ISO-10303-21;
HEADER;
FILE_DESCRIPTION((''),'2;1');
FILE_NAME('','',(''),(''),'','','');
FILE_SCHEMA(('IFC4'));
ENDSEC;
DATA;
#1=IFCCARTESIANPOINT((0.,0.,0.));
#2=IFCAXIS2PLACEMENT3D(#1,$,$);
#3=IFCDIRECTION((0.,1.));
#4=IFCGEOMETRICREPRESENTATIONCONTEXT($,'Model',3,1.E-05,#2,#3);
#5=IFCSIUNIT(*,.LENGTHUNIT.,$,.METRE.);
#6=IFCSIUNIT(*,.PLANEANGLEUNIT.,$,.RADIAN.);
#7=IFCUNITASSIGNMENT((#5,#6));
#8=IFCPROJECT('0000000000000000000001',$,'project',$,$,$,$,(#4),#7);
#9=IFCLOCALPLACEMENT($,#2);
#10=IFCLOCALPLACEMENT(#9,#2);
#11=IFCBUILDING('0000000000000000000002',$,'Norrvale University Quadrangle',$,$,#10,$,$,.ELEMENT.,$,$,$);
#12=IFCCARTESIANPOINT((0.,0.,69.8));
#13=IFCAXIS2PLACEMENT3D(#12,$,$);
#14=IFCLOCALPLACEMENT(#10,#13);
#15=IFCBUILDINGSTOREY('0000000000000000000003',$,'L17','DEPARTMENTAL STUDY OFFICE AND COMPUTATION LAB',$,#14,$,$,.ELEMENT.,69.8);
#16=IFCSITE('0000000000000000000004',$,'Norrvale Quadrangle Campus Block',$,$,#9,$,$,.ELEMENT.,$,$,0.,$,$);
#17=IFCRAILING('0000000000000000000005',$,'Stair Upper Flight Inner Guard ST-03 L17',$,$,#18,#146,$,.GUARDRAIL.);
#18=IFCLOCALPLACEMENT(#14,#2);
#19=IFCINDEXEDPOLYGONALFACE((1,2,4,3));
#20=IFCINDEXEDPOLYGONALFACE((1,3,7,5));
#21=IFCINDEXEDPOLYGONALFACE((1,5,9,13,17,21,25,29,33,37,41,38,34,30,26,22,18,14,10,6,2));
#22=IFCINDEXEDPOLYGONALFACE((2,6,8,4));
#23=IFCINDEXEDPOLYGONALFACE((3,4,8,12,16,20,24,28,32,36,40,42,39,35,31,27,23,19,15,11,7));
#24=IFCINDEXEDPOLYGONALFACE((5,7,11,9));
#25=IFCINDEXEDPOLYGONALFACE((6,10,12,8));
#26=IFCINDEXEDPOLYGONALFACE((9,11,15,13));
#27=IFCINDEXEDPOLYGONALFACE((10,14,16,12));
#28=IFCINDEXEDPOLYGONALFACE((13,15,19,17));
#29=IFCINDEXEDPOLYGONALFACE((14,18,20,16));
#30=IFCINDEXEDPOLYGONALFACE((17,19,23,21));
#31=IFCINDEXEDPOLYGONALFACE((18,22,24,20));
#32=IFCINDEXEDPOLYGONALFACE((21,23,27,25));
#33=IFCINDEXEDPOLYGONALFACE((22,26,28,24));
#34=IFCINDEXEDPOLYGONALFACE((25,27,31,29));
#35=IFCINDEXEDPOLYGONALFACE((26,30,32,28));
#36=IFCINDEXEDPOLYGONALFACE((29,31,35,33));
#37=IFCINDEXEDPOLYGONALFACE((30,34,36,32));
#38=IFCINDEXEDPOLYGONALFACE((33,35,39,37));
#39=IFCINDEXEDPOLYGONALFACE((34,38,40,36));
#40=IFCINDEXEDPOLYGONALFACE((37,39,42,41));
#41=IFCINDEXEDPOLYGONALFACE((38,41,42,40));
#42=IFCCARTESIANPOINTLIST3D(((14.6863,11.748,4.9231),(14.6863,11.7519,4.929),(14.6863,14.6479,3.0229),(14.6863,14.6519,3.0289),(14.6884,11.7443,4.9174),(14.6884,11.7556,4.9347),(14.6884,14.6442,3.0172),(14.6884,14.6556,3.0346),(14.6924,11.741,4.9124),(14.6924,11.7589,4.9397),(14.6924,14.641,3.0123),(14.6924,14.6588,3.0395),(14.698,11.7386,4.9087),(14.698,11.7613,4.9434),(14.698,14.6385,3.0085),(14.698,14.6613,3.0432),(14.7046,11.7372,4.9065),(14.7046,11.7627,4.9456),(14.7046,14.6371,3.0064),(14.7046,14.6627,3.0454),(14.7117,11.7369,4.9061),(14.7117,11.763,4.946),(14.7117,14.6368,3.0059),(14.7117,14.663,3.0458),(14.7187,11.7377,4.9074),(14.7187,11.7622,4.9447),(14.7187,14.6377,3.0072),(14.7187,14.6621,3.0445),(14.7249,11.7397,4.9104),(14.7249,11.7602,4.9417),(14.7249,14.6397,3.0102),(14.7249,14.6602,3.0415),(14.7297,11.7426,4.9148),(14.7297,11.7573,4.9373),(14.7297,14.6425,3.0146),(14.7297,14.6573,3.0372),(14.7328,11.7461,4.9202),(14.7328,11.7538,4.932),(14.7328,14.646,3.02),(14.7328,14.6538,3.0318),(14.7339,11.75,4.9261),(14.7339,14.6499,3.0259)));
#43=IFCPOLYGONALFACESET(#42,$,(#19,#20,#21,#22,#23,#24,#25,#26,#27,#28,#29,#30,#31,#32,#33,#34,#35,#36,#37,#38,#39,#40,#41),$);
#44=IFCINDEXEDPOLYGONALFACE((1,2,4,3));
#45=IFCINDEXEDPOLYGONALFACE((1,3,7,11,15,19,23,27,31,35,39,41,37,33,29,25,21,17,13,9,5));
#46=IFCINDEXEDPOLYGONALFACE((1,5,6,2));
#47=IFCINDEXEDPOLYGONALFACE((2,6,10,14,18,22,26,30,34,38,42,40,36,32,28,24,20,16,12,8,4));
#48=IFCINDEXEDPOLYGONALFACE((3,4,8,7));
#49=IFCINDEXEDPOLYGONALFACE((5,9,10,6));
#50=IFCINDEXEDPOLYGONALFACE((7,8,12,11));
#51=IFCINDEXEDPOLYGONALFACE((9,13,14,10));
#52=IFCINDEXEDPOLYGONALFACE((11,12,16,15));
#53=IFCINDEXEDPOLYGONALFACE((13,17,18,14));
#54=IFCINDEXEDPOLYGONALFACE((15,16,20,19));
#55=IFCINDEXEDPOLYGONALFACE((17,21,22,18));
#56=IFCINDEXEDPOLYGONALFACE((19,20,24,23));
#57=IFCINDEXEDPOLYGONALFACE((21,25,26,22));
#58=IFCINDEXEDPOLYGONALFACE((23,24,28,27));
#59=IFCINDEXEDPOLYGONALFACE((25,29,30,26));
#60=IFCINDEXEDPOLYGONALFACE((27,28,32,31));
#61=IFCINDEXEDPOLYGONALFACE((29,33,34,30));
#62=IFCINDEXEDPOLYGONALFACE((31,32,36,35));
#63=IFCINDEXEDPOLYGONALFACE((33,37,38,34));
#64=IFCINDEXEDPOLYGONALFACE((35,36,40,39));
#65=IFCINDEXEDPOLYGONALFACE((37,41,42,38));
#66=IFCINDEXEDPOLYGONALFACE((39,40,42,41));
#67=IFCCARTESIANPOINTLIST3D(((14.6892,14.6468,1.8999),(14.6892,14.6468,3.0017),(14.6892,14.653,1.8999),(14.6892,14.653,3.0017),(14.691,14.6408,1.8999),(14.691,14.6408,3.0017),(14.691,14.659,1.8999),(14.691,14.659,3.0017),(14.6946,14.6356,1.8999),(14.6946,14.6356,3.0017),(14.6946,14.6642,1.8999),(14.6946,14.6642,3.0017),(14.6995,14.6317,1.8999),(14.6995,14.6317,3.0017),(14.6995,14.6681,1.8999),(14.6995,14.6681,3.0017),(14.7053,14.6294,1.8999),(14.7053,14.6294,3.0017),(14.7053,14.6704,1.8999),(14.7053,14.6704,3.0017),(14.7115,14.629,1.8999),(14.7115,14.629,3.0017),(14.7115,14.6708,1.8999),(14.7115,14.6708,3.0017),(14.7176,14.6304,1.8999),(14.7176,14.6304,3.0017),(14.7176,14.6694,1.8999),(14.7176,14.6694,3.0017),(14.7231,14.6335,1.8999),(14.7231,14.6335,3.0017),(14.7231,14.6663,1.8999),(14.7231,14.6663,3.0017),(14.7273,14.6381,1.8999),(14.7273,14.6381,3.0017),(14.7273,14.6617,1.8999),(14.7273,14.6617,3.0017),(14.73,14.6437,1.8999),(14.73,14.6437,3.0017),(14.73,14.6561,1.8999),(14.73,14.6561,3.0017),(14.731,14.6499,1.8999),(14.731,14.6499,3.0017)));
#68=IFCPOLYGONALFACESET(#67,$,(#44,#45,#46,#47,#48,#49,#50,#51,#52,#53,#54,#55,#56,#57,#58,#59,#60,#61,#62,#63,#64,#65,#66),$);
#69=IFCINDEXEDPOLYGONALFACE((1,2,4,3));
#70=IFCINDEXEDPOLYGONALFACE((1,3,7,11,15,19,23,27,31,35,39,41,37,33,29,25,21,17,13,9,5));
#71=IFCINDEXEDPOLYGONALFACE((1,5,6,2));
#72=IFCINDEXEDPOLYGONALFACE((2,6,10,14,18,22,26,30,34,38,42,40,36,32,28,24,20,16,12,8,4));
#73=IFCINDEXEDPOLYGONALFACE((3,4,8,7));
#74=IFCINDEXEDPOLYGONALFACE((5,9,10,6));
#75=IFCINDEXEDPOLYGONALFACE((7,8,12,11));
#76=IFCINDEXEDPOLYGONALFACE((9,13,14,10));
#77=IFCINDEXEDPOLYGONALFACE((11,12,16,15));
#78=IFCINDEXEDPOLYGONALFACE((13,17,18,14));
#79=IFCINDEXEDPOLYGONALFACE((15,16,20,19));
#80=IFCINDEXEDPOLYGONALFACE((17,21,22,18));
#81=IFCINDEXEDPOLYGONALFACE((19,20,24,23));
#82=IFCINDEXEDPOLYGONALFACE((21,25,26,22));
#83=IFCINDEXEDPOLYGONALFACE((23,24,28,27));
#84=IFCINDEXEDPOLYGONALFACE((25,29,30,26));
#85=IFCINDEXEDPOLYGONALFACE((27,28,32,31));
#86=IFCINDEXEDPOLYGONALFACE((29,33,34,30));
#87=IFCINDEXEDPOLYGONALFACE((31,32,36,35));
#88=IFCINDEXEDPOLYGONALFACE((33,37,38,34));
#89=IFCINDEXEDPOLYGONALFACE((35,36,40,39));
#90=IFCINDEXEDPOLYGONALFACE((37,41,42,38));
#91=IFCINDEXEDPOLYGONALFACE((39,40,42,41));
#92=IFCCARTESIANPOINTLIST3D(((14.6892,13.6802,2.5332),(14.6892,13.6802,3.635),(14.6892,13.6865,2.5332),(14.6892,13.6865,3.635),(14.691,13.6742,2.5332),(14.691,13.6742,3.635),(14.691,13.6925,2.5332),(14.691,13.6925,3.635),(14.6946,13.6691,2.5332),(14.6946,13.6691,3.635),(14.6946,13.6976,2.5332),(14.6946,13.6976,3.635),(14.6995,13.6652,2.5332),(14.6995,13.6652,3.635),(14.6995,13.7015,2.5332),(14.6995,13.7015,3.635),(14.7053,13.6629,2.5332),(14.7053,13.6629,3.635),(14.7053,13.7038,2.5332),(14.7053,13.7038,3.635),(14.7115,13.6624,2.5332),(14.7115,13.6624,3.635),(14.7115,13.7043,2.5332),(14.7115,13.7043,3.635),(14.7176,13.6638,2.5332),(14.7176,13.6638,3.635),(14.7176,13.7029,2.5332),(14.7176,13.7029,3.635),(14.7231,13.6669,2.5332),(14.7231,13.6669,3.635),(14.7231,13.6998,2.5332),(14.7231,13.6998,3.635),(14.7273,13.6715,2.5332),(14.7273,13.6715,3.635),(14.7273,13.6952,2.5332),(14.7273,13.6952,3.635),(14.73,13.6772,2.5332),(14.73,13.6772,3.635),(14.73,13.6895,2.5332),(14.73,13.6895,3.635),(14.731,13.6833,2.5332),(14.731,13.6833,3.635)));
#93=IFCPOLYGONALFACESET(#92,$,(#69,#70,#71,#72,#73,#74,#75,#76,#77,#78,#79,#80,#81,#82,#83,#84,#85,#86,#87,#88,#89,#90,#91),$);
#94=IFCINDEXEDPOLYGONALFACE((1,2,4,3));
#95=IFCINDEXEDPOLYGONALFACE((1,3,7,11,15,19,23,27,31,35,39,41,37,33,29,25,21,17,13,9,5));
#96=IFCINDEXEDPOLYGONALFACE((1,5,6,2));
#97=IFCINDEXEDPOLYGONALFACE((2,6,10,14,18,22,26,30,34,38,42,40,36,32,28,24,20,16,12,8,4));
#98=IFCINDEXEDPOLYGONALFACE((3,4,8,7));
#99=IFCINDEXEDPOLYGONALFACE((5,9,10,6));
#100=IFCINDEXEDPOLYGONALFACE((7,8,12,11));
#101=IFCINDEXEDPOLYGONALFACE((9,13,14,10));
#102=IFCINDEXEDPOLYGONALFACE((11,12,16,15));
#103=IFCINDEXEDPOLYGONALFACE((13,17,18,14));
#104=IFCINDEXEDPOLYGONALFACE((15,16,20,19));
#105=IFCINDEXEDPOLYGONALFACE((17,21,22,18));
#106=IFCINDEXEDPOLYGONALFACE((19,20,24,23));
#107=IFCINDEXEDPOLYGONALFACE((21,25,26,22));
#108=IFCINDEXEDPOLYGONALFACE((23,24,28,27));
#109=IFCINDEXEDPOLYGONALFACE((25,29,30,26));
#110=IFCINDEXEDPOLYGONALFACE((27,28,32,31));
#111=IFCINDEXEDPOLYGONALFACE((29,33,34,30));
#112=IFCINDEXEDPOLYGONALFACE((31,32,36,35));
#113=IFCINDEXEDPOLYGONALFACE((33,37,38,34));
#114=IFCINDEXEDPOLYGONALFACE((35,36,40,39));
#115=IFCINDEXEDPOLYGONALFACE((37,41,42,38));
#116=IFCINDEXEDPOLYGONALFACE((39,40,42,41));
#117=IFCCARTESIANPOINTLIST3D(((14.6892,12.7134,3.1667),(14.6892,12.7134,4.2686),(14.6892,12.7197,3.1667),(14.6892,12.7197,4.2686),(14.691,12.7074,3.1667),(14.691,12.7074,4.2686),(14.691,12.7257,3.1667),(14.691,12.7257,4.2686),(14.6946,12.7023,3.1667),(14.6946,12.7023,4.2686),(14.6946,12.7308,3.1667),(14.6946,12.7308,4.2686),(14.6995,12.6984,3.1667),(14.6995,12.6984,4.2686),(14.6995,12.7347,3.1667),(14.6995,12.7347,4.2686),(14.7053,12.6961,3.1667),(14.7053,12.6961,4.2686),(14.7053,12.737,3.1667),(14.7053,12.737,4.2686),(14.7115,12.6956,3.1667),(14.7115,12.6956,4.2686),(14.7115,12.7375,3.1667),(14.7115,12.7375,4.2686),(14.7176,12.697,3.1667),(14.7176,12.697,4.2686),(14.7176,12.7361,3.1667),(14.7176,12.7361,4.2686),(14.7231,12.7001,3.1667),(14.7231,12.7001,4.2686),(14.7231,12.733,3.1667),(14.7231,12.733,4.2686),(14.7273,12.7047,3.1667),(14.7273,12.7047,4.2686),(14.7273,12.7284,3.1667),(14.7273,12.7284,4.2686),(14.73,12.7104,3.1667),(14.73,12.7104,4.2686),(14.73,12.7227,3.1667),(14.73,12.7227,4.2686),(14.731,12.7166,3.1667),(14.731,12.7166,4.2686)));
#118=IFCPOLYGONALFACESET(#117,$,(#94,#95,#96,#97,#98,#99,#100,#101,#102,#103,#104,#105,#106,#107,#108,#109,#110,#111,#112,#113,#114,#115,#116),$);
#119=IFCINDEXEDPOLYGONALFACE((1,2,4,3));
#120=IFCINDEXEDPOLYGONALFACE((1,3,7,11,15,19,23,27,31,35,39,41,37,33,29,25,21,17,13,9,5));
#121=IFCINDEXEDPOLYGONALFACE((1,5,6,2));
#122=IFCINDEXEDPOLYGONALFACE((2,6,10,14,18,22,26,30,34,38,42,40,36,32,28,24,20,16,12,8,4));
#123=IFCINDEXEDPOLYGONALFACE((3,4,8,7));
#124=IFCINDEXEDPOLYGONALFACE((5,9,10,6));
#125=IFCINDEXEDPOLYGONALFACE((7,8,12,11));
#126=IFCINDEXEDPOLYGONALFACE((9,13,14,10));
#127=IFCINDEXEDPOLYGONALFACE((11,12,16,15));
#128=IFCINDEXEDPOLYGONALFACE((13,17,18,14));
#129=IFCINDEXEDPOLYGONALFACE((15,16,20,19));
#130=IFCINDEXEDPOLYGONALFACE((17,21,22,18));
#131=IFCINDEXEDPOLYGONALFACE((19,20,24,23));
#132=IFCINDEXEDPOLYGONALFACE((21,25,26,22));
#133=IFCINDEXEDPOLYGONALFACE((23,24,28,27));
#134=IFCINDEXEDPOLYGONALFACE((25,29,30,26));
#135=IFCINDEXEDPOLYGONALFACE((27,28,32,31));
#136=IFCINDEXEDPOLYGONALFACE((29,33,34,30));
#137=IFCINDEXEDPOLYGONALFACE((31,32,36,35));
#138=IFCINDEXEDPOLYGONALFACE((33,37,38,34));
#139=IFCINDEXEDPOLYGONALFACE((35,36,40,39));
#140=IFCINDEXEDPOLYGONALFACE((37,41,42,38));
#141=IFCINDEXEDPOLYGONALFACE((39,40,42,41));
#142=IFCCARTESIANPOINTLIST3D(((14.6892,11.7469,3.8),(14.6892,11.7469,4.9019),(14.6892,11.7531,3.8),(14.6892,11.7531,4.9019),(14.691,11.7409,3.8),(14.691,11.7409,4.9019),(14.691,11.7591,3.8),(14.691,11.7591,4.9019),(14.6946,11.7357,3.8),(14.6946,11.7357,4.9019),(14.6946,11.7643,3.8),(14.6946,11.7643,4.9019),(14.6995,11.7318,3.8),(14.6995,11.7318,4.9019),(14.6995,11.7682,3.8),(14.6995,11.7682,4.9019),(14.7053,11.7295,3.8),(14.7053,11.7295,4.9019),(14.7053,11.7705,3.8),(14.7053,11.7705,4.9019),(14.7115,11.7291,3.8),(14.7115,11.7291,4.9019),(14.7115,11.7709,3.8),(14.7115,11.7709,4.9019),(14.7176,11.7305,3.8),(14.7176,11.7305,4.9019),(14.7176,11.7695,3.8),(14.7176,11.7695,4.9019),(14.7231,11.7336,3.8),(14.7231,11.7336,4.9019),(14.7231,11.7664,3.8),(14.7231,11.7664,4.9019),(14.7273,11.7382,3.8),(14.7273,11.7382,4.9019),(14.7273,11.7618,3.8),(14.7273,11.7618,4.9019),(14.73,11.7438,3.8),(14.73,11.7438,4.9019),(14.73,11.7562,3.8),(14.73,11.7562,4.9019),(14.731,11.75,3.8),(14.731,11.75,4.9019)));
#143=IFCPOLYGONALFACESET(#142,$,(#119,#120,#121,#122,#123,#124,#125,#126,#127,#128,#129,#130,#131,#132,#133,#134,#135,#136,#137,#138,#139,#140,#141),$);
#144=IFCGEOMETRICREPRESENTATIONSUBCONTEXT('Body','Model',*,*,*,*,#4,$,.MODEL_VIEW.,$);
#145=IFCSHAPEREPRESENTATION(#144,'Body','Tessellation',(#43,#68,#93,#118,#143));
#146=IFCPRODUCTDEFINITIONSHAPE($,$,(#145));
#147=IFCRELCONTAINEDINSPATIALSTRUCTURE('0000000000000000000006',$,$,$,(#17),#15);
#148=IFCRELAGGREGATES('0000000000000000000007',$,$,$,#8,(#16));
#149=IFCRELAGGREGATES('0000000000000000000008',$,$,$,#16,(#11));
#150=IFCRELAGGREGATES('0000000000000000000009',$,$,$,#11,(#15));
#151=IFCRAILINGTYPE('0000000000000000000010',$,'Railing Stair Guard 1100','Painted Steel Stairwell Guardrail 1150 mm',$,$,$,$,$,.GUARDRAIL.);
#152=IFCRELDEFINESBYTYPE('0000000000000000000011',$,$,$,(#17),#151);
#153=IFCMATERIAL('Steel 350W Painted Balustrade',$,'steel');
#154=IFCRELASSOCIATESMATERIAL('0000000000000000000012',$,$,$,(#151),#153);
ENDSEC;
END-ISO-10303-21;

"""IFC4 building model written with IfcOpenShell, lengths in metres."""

from ifc_helpers import new_model, si_unit, direction, frame, origin, origin_2d, place, context, subcontext, project, spatial, circle, extrude, material, type_object, element, save


model = new_model("IFC4")

# Units and contexts
model_context = context("Model", 3, precision=1e-05, world=origin(), true_north=direction((0.0, 1.0)))
body_context = subcontext(model_context, "Body", "Model", "MODEL_VIEW")
ifc_project = project(units=[si_unit("LENGTHUNIT", "METRE"), si_unit("PLANEANGLEUNIT", "RADIAN")], contexts=[model_context])

# Site, building, storey
site_placement = place(None, origin())
site = spatial("IfcSite", under=ifc_project, at=site_placement, Name="Norrvale Quadrangle Campus Block", CompositionType="ELEMENT", RefElevation=0.0)
building_placement = place(site_placement, origin())
building = spatial("IfcBuilding", under=site, at=building_placement, Name="Norrvale University Quadrangle", CompositionType="ELEMENT")
storey_placement = place(building_placement, frame((0.0, 0.0, 69.8)))
storey = spatial("IfcBuildingStorey", under=building, at=storey_placement, Name="L17", Description="DEPARTMENTAL STUDY OFFICE AND COMPUTATION LAB", CompositionType="ELEMENT", Elevation=69.8)

# Railing
ifc_material_1 = material(Name="Steel 350W Painted Balustrade", Category="steel")
railing_type_1 = type_object("IfcRailingType", Name="Railing Stair Guard 1100", Description="Painted Steel Stairwell Guardrail 1150 mm", PredefinedType="GUARDRAIL", material=ifc_material_1)
railing_1_placement = place(storey_placement, frame((14.71, 14.6499, 1.8999)))
element("IfcRailing", 1, at=railing_1_placement, inside=storey, type_object=railing_type_1, Name="Stair Upper Flight Inner Guard ST-03 L17", PredefinedType="GUARDRAIL", context=body_context, shape_type="SweptSolid", body=[
    extrude(circle(Radius=0.0239, at=origin_2d()), frame((0.0, 0.0, 1.126), z_axis=(0.0, -0.836433, 0.548069), x_axis=(1.0, 0.0, 0.0)), (0.0, 0.0, 1.0), 3.467),
    extrude(circle(Radius=0.021, at=origin_2d()), origin(), (0.0, 0.0, 1.0), 1.1018),
    extrude(circle(Radius=0.021, at=origin_2d()), frame((0.0, -0.9666, 0.6333)), (0.0, 0.0, 1.0), 1.1018),
    extrude(circle(Radius=0.021, at=origin_2d()), frame((0.0, -1.9333, 1.2668)), (0.0, 0.0, 1.0), 1.1018),
    extrude(circle(Radius=0.021, at=origin_2d()), frame((0.0, -2.8999, 1.9001)), (0.0, 0.0, 1.0), 1.1018),
])

save(model, "model.ifc")
